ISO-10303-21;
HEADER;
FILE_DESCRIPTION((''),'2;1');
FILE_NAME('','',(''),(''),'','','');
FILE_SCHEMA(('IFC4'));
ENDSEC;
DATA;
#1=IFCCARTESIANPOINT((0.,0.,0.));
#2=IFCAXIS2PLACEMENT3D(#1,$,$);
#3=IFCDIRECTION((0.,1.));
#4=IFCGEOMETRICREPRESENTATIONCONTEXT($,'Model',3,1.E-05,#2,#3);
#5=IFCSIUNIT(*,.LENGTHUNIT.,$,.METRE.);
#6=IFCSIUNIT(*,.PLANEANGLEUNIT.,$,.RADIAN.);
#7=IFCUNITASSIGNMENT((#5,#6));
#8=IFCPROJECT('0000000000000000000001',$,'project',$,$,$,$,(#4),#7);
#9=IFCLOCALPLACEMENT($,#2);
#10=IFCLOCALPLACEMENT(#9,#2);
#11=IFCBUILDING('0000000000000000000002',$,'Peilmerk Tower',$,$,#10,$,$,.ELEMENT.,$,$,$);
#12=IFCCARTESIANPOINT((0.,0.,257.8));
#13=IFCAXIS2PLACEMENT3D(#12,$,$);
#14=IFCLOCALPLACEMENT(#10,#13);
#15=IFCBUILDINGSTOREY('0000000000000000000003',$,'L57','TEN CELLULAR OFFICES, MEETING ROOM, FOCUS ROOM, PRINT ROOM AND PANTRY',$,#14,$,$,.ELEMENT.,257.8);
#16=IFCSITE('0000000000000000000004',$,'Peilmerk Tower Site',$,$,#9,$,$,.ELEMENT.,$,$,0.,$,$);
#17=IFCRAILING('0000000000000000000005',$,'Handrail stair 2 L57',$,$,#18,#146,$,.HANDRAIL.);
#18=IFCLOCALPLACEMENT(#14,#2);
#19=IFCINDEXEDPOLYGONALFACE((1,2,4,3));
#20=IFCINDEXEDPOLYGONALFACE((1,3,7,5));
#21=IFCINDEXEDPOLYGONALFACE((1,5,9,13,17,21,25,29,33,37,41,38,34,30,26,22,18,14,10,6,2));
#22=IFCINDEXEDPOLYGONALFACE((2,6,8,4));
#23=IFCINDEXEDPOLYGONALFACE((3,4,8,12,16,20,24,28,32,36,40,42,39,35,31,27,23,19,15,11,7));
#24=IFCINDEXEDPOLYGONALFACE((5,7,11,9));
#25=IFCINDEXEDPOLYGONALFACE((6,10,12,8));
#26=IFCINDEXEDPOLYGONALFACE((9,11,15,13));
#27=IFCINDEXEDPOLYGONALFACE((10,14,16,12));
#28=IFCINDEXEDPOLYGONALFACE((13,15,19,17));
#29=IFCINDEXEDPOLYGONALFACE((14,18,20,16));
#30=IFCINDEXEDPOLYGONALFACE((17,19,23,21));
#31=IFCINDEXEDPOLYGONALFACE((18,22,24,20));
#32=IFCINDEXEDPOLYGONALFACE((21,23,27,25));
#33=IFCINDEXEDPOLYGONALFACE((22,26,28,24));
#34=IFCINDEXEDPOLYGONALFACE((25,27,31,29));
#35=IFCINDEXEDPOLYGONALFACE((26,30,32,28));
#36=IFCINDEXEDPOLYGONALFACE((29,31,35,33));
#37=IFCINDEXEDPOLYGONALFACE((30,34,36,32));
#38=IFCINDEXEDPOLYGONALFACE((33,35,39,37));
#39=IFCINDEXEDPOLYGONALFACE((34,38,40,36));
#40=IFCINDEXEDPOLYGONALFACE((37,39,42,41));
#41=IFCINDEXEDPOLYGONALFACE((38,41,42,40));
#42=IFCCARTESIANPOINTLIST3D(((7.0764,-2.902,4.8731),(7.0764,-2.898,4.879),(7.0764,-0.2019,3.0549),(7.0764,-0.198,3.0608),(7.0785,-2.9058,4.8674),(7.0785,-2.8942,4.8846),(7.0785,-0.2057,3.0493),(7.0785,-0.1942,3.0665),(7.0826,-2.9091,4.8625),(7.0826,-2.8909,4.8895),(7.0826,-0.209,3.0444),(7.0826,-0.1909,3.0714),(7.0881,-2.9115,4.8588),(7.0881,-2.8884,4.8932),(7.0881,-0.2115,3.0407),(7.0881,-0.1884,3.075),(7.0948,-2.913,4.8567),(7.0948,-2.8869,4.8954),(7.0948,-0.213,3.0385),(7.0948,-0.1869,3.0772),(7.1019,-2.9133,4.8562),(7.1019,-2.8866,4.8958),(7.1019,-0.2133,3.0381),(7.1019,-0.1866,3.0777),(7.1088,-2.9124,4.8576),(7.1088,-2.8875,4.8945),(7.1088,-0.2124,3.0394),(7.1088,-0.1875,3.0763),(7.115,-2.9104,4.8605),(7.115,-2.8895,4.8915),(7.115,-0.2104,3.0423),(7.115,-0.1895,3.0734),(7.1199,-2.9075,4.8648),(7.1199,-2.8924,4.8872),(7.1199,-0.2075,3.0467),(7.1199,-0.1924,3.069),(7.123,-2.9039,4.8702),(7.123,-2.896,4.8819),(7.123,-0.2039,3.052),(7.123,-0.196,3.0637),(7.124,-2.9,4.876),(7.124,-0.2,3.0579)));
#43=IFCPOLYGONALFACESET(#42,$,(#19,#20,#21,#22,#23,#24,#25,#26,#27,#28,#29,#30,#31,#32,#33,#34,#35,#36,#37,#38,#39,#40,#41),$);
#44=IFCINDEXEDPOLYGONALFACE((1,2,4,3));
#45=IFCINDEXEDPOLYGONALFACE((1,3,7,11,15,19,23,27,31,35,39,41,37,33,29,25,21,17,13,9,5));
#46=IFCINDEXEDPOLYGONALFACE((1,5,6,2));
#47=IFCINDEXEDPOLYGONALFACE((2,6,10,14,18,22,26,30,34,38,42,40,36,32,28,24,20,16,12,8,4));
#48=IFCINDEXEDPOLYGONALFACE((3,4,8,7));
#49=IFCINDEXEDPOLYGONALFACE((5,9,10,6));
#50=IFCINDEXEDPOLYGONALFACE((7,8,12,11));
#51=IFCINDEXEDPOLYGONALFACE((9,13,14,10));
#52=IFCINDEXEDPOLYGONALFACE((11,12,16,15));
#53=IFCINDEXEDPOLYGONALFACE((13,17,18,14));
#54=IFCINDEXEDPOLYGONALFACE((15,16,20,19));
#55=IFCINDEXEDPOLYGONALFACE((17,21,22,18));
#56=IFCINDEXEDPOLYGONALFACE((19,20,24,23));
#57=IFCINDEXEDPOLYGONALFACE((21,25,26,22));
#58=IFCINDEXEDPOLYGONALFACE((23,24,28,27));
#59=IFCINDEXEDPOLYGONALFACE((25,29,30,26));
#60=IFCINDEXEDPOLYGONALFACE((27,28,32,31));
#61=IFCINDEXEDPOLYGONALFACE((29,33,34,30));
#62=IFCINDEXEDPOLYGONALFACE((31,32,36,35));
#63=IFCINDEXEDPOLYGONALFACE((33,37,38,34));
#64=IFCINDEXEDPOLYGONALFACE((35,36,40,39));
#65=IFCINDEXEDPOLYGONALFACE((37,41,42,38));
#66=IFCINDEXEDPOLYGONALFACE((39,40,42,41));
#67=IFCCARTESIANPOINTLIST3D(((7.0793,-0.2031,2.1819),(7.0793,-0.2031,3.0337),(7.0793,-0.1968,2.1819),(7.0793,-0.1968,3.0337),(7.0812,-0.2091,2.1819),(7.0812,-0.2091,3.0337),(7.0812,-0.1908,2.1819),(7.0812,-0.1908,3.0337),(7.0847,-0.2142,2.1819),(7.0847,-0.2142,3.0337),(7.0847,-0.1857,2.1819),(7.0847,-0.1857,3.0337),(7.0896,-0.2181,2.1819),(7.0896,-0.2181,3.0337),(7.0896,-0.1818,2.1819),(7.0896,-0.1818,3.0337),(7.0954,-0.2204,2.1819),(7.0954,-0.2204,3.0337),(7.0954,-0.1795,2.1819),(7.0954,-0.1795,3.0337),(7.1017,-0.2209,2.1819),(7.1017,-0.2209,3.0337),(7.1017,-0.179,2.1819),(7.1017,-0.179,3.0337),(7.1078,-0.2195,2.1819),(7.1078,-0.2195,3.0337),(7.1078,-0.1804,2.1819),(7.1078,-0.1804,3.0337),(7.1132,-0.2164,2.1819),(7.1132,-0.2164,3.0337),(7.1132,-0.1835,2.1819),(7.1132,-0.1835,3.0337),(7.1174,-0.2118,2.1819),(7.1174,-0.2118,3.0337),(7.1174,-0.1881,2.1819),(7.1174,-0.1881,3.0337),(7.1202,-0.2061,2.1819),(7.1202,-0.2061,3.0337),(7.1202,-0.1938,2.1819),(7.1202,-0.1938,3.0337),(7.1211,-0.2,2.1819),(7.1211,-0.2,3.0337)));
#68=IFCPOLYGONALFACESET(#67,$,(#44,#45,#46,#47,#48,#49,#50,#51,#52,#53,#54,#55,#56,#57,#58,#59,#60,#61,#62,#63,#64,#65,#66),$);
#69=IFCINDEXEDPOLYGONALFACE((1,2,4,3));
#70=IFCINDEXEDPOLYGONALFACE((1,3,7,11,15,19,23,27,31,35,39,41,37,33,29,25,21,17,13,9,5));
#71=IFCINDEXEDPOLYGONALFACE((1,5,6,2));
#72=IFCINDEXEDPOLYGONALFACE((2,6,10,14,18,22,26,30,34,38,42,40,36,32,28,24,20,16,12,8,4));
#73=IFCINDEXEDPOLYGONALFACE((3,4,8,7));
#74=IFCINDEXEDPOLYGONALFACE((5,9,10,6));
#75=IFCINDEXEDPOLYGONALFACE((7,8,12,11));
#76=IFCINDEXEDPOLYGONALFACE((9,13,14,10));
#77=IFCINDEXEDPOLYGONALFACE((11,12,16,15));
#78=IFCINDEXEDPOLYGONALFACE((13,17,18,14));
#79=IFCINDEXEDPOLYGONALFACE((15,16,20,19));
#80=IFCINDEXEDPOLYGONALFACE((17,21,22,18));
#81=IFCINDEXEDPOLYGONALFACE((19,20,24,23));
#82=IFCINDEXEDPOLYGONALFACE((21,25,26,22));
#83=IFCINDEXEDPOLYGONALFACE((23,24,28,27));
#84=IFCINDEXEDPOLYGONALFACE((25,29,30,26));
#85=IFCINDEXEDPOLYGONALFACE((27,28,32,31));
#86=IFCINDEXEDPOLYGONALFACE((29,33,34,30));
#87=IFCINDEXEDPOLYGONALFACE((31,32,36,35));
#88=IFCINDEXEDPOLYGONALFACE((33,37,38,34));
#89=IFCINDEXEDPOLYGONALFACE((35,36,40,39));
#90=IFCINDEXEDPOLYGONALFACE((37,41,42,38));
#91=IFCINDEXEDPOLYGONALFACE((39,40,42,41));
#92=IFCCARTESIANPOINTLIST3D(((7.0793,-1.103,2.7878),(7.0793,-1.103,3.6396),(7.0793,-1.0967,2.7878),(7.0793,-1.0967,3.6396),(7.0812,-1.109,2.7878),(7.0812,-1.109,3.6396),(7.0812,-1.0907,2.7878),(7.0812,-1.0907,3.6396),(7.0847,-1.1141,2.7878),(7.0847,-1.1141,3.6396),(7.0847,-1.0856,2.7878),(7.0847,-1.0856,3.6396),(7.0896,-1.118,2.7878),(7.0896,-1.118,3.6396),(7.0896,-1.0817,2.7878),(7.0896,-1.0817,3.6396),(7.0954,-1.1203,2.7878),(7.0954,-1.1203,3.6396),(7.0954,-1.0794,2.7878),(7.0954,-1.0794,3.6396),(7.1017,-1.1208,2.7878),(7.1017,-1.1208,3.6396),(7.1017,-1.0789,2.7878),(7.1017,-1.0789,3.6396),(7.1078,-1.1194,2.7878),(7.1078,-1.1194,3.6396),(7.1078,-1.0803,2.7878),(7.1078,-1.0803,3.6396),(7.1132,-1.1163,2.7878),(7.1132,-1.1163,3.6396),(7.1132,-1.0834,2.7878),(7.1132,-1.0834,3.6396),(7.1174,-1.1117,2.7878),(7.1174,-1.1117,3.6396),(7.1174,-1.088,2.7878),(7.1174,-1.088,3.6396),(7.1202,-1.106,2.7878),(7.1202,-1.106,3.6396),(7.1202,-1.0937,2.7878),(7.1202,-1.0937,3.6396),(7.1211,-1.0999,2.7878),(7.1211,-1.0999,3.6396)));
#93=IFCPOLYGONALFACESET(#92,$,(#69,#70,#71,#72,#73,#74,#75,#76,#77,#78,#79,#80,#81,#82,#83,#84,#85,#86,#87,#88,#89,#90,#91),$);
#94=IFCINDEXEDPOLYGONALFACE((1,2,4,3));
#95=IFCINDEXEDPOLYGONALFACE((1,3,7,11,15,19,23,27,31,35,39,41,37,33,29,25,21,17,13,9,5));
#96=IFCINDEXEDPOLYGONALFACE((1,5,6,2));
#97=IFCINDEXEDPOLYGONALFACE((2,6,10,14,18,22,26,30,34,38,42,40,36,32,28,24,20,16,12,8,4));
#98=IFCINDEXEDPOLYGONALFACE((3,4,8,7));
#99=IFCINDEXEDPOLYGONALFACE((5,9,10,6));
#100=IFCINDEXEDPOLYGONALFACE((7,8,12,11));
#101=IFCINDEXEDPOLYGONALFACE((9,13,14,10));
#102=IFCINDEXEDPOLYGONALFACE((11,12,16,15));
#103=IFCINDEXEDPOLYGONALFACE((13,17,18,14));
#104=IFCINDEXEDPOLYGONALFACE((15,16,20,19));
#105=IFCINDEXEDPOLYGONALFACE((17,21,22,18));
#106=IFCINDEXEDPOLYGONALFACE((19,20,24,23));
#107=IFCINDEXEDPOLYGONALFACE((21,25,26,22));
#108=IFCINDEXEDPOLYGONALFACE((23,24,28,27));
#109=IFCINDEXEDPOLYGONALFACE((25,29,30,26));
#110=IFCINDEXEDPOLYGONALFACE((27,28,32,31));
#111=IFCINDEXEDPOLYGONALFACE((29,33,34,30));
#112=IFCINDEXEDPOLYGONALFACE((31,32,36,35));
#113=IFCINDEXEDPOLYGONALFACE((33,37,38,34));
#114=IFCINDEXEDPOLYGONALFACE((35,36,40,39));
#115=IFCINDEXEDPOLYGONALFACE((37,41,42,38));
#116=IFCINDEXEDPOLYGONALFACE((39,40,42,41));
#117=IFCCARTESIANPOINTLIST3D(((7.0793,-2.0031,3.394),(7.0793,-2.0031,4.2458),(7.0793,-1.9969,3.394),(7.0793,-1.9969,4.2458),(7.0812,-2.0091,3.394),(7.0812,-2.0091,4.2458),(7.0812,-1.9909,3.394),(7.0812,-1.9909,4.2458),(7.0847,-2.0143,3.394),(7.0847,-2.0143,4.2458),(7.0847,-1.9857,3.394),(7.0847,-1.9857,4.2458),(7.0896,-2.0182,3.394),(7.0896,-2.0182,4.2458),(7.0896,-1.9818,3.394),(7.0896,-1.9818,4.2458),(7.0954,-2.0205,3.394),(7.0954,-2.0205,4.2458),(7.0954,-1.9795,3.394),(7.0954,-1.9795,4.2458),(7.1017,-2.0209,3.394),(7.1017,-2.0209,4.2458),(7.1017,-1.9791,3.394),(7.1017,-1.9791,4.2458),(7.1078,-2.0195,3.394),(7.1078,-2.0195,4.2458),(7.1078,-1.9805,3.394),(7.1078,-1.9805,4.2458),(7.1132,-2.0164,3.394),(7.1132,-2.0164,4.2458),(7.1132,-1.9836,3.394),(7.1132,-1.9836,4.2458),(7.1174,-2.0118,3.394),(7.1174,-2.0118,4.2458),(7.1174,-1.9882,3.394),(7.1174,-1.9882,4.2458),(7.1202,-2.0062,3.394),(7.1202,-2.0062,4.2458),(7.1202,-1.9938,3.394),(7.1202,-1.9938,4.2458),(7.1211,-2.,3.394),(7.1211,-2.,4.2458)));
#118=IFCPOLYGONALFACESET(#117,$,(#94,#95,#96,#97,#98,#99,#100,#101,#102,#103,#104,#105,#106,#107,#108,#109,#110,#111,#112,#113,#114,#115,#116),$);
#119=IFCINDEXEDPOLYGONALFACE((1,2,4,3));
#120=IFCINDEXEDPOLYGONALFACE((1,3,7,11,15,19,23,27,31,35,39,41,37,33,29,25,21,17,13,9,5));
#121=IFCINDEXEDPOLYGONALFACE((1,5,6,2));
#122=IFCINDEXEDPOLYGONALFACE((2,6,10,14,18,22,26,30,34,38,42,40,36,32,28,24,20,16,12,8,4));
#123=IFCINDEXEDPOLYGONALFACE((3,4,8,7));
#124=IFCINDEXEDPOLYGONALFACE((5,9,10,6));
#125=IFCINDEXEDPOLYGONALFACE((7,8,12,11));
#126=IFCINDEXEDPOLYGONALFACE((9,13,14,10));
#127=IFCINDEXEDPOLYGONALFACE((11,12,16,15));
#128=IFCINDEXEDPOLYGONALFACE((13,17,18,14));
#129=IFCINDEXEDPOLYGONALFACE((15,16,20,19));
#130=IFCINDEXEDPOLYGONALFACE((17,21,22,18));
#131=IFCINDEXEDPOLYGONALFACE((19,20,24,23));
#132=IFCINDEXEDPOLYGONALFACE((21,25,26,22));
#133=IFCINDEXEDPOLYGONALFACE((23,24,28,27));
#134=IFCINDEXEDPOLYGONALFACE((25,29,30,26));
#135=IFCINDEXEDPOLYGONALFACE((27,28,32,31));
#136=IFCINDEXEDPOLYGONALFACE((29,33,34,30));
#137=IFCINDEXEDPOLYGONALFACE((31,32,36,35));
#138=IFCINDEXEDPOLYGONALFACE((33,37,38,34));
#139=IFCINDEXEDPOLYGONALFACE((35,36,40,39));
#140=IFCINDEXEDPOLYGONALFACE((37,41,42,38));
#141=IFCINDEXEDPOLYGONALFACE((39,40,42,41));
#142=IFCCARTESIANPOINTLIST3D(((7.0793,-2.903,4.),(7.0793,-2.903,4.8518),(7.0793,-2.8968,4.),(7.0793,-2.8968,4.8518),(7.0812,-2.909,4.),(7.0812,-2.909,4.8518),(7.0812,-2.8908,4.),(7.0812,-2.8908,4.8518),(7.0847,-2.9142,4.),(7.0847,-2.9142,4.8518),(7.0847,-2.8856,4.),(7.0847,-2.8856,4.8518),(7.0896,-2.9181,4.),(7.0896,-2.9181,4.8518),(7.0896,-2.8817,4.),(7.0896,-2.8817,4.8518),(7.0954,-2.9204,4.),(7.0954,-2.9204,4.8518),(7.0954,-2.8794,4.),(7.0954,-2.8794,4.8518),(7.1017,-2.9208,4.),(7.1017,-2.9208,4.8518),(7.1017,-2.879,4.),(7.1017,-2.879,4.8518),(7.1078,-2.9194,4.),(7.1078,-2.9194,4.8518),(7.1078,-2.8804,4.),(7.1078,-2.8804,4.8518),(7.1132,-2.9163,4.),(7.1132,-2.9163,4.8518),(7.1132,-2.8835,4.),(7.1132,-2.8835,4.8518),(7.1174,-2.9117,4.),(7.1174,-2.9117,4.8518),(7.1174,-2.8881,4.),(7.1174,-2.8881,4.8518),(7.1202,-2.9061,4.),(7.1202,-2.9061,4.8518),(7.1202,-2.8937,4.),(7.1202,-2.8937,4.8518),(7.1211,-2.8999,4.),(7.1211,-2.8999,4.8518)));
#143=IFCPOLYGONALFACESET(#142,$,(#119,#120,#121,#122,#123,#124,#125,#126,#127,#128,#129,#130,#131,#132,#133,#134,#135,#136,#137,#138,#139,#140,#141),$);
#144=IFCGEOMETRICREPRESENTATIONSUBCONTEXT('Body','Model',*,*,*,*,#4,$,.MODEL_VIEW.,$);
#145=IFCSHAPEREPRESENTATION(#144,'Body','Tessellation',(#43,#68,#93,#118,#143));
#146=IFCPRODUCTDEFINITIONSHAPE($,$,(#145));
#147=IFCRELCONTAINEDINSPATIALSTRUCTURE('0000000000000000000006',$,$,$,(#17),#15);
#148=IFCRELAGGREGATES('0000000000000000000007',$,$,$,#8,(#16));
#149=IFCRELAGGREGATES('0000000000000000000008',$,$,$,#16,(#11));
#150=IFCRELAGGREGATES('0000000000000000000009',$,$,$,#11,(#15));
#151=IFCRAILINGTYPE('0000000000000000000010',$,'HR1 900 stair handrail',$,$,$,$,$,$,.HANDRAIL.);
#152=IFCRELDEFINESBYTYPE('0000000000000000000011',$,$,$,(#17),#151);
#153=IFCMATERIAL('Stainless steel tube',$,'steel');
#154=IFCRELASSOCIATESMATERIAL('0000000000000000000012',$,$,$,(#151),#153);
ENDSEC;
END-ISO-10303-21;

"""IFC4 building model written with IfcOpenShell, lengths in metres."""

from ifc_helpers import new_model, si_unit, direction, frame, origin, origin_2d, place, context, subcontext, project, spatial, circle, extrude, material, type_object, element, save


model = new_model("IFC4")

# Units and contexts
model_context = context("Model", 3, precision=1e-05, world=origin(), true_north=direction((0.0, 1.0)))
body_context = subcontext(model_context, "Body", "Model", "MODEL_VIEW")
ifc_project = project(units=[si_unit("LENGTHUNIT", "METRE"), si_unit("PLANEANGLEUNIT", "RADIAN")], contexts=[model_context])

# Site, building, storey
site_placement = place(None, origin())
site = spatial("IfcSite", under=ifc_project, at=site_placement, Name="Peilmerk Tower Site", CompositionType="ELEMENT", RefElevation=0.0)
building_placement = place(site_placement, origin())
building = spatial("IfcBuilding", under=site, at=building_placement, Name="Peilmerk Tower", CompositionType="ELEMENT")
storey_placement = place(building_placement, frame((0.0, 0.0, 257.8)))
storey = spatial("IfcBuildingStorey", under=building, at=storey_placement, Name="L57", Description="TEN CELLULAR OFFICES, MEETING ROOM, FOCUS ROOM, PRINT ROOM AND PANTRY", CompositionType="ELEMENT", Elevation=257.8)

# Railing
ifc_material_1 = material(Name="Stainless steel tube", Category="steel")
railing_type_1 = type_object("IfcRailingType", Name="HR1 900 stair handrail", PredefinedType="HANDRAIL", material=ifc_material_1)
railing_1_placement = place(storey_placement, frame((7.1001, -0.2, 2.1819)))
element("IfcRailing", 1, at=railing_1_placement, inside=storey, type_object=railing_type_1, Name="Handrail stair 2 L57", PredefinedType="HANDRAIL", context=body_context, shape_type="SweptSolid", body=[
    extrude(circle(Radius=0.0239, at=origin_2d()), frame((0.0, 0.0, 0.876), z_axis=(0.0, -0.829468, 0.558554), x_axis=(1.0, 0.0, 0.0)), (0.0, 0.0, 1.0), 3.2551),
    extrude(circle(Radius=0.021, at=origin_2d()), origin(), (0.0, 0.0, 1.0), 0.8518),
    extrude(circle(Radius=0.021, at=origin_2d()), frame((0.0, -0.8999, 0.606)), (0.0, 0.0, 1.0), 0.8518),
    extrude(circle(Radius=0.021, at=origin_2d()), frame((0.0, -1.8, 1.2122)), (0.0, 0.0, 1.0), 0.8518),
    extrude(circle(Radius=0.021, at=origin_2d()), frame((0.0, -2.7, 1.8181)), (0.0, 0.0, 1.0), 0.8518),
])

save(model, "model.ifc")
